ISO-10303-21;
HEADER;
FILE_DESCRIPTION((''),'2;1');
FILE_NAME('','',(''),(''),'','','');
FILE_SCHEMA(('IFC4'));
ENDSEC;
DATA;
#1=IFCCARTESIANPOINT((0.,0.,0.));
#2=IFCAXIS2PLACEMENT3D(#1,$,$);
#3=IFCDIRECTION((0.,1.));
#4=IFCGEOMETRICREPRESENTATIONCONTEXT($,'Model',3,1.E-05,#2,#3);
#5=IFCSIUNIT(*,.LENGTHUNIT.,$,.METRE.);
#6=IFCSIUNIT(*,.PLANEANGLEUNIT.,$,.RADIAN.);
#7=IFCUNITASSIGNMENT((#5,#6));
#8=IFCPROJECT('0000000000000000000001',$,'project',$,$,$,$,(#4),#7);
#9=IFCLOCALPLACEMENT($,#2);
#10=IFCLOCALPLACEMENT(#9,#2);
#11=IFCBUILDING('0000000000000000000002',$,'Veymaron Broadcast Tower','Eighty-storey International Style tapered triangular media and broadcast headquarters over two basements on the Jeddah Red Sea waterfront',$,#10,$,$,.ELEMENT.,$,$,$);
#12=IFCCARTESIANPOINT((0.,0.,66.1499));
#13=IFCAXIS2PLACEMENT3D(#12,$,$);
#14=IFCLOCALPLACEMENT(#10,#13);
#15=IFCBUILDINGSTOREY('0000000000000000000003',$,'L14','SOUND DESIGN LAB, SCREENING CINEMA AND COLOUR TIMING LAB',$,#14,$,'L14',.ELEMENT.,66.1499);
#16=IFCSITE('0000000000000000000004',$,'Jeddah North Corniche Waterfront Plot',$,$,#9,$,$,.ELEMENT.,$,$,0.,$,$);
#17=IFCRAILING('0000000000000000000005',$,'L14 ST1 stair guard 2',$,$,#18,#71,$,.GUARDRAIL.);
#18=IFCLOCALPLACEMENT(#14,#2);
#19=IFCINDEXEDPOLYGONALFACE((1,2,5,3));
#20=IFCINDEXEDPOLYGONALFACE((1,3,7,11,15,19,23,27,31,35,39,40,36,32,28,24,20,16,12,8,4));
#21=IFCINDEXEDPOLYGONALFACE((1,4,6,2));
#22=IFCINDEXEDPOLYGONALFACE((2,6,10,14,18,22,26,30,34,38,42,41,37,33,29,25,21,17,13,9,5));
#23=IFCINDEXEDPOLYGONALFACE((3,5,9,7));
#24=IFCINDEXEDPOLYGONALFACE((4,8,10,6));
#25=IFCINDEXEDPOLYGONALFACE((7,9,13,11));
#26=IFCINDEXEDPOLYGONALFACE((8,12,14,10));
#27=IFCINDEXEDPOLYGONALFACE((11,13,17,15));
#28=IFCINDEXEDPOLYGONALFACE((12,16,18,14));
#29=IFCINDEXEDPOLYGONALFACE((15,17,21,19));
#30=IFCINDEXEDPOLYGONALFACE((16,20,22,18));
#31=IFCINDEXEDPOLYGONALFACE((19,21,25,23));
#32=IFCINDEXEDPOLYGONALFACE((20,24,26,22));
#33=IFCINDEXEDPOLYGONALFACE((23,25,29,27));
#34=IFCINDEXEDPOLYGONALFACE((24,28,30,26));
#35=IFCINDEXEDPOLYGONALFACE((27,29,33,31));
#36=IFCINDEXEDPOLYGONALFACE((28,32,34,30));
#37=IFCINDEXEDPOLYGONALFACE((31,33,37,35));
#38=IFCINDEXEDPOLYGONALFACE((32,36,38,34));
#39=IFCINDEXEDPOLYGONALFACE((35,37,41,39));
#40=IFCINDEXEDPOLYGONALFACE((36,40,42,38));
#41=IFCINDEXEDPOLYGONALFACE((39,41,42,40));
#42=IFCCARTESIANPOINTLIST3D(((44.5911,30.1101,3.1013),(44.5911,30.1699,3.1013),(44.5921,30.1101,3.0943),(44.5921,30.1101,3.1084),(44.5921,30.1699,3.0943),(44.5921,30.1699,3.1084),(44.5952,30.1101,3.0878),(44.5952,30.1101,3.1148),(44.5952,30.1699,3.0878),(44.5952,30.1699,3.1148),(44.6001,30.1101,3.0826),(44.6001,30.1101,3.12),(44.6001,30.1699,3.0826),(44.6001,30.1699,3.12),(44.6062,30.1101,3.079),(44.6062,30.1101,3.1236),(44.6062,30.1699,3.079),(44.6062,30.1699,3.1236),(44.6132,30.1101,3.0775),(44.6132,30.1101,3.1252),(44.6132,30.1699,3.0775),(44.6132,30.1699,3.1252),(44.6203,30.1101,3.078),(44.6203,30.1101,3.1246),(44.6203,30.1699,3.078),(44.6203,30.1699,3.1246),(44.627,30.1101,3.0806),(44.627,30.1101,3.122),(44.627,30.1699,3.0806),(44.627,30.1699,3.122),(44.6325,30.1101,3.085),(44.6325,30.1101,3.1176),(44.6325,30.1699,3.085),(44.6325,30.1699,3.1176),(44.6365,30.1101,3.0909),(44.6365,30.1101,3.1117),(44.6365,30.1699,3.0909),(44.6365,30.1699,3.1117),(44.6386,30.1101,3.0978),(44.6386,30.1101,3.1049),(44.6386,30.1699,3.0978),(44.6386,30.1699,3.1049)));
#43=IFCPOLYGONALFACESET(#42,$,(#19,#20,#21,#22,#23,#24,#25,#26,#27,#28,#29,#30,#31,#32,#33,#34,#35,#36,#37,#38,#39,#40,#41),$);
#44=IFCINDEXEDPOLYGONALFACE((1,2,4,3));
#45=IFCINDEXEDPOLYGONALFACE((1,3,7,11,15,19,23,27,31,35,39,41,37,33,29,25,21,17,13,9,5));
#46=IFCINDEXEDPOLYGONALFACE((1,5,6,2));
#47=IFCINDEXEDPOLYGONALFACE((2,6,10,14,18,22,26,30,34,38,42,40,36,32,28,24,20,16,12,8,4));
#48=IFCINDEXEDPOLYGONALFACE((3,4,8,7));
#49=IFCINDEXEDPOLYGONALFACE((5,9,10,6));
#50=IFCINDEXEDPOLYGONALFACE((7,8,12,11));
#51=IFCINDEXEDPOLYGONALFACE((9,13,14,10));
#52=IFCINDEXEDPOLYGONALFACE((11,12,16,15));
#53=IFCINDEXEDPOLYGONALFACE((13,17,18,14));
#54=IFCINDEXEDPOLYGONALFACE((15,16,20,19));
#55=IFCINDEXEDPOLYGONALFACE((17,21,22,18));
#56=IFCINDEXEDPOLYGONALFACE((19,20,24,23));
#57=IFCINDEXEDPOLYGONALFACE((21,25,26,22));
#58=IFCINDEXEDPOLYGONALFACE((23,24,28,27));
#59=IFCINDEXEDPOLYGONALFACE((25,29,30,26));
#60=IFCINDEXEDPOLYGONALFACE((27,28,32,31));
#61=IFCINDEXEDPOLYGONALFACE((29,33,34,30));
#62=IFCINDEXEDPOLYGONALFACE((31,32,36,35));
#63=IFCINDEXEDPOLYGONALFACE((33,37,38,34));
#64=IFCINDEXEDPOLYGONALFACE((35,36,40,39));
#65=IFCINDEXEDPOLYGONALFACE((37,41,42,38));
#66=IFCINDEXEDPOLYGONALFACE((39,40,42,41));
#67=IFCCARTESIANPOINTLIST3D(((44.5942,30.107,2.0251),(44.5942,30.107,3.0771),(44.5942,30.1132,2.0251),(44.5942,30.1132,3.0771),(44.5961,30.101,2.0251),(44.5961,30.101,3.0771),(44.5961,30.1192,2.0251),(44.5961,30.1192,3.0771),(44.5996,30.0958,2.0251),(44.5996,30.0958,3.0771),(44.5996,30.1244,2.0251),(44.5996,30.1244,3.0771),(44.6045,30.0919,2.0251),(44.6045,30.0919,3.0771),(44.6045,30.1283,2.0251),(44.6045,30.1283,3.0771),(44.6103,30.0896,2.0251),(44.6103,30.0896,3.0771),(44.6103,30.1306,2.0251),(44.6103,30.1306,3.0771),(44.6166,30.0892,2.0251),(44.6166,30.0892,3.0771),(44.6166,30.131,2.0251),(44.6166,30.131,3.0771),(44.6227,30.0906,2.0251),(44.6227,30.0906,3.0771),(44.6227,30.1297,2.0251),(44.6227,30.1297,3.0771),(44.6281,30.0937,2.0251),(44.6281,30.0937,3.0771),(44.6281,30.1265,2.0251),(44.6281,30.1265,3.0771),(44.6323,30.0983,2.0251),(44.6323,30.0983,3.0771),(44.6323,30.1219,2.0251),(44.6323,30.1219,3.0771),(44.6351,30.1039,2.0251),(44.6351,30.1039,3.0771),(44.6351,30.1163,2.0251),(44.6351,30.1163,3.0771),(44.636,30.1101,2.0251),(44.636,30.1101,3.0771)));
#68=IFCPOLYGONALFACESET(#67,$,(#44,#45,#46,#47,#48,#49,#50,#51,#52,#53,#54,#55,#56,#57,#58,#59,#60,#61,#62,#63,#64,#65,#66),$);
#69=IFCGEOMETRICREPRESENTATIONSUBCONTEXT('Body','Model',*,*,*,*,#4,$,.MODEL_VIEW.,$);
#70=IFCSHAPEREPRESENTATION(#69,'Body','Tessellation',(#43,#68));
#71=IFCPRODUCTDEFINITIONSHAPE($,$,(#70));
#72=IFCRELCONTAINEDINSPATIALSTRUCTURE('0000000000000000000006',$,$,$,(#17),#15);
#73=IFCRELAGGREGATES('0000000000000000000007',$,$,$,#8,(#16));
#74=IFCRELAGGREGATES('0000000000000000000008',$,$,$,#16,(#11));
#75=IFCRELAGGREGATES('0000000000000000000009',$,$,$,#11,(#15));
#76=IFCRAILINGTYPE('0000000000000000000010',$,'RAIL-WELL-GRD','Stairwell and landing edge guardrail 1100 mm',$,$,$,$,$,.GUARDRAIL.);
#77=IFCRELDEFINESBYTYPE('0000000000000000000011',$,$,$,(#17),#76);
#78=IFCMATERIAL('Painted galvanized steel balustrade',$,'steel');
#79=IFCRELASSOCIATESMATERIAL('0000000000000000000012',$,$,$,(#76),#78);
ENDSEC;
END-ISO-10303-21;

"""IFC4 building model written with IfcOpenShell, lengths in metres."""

from ifc_helpers import new_model, si_unit, direction, frame, origin, origin_2d, place, context, subcontext, project, spatial, circle, extrude, material, type_object, element, save


model = new_model("IFC4")

# Units and contexts
model_context = context("Model", 3, precision=1e-05, world=origin(), true_north=direction((0.0, 1.0)))
body_context = subcontext(model_context, "Body", "Model", "MODEL_VIEW")
ifc_project = project(units=[si_unit("LENGTHUNIT", "METRE"), si_unit("PLANEANGLEUNIT", "RADIAN")], contexts=[model_context])

# Site, building, storey
site_placement = place(None, origin())
site = spatial("IfcSite", under=ifc_project, at=site_placement, Name="Jeddah North Corniche Waterfront Plot", CompositionType="ELEMENT", RefElevation=0.0)
building_placement = place(site_placement, origin())
building = spatial("IfcBuilding", under=site, at=building_placement, Name="Veymaron Broadcast Tower", Description="Eighty-storey International Style tapered triangular media and broadcast headquarters over two basements on the Jeddah Red Sea waterfront", CompositionType="ELEMENT")
storey_placement = place(building_placement, frame((0.0, 0.0, 66.1499)))
storey = spatial("IfcBuildingStorey", under=building, at=storey_placement, Name="L14", Description="SOUND DESIGN LAB, SCREENING CINEMA AND COLOUR TIMING LAB", LongName="L14", CompositionType="ELEMENT", Elevation=66.1499)

# Railing
ifc_material_1 = material(Name="Painted galvanized steel balustrade", Category="steel")
railing_type_1 = type_object("IfcRailingType", Name="RAIL-WELL-GRD", Description="Stairwell and landing edge guardrail 1100 mm", PredefinedType="GUARDRAIL", material=ifc_material_1)
railing_1_placement = place(storey_placement, frame((44.615, 30.1101, 2.0251)))
element("IfcRailing", 1, at=railing_1_placement, inside=storey, type_object=railing_type_1, Name="L14 ST1 stair guard 2", PredefinedType="GUARDRAIL", context=body_context, shape_type="SweptSolid", body=[
    extrude(circle(Radius=0.0239, at=origin_2d()), frame((0.0, 0.0, 1.0762), z_axis=(0.0, 1.0, 0.0), x_axis=(-1.0, 0.0, 0.0)), (0.0, 0.0, 1.0), 0.0598),
    extrude(circle(Radius=0.021, at=origin_2d()), origin(), (0.0, 0.0, 1.0), 1.052),
])

save(model, "model.ifc")
